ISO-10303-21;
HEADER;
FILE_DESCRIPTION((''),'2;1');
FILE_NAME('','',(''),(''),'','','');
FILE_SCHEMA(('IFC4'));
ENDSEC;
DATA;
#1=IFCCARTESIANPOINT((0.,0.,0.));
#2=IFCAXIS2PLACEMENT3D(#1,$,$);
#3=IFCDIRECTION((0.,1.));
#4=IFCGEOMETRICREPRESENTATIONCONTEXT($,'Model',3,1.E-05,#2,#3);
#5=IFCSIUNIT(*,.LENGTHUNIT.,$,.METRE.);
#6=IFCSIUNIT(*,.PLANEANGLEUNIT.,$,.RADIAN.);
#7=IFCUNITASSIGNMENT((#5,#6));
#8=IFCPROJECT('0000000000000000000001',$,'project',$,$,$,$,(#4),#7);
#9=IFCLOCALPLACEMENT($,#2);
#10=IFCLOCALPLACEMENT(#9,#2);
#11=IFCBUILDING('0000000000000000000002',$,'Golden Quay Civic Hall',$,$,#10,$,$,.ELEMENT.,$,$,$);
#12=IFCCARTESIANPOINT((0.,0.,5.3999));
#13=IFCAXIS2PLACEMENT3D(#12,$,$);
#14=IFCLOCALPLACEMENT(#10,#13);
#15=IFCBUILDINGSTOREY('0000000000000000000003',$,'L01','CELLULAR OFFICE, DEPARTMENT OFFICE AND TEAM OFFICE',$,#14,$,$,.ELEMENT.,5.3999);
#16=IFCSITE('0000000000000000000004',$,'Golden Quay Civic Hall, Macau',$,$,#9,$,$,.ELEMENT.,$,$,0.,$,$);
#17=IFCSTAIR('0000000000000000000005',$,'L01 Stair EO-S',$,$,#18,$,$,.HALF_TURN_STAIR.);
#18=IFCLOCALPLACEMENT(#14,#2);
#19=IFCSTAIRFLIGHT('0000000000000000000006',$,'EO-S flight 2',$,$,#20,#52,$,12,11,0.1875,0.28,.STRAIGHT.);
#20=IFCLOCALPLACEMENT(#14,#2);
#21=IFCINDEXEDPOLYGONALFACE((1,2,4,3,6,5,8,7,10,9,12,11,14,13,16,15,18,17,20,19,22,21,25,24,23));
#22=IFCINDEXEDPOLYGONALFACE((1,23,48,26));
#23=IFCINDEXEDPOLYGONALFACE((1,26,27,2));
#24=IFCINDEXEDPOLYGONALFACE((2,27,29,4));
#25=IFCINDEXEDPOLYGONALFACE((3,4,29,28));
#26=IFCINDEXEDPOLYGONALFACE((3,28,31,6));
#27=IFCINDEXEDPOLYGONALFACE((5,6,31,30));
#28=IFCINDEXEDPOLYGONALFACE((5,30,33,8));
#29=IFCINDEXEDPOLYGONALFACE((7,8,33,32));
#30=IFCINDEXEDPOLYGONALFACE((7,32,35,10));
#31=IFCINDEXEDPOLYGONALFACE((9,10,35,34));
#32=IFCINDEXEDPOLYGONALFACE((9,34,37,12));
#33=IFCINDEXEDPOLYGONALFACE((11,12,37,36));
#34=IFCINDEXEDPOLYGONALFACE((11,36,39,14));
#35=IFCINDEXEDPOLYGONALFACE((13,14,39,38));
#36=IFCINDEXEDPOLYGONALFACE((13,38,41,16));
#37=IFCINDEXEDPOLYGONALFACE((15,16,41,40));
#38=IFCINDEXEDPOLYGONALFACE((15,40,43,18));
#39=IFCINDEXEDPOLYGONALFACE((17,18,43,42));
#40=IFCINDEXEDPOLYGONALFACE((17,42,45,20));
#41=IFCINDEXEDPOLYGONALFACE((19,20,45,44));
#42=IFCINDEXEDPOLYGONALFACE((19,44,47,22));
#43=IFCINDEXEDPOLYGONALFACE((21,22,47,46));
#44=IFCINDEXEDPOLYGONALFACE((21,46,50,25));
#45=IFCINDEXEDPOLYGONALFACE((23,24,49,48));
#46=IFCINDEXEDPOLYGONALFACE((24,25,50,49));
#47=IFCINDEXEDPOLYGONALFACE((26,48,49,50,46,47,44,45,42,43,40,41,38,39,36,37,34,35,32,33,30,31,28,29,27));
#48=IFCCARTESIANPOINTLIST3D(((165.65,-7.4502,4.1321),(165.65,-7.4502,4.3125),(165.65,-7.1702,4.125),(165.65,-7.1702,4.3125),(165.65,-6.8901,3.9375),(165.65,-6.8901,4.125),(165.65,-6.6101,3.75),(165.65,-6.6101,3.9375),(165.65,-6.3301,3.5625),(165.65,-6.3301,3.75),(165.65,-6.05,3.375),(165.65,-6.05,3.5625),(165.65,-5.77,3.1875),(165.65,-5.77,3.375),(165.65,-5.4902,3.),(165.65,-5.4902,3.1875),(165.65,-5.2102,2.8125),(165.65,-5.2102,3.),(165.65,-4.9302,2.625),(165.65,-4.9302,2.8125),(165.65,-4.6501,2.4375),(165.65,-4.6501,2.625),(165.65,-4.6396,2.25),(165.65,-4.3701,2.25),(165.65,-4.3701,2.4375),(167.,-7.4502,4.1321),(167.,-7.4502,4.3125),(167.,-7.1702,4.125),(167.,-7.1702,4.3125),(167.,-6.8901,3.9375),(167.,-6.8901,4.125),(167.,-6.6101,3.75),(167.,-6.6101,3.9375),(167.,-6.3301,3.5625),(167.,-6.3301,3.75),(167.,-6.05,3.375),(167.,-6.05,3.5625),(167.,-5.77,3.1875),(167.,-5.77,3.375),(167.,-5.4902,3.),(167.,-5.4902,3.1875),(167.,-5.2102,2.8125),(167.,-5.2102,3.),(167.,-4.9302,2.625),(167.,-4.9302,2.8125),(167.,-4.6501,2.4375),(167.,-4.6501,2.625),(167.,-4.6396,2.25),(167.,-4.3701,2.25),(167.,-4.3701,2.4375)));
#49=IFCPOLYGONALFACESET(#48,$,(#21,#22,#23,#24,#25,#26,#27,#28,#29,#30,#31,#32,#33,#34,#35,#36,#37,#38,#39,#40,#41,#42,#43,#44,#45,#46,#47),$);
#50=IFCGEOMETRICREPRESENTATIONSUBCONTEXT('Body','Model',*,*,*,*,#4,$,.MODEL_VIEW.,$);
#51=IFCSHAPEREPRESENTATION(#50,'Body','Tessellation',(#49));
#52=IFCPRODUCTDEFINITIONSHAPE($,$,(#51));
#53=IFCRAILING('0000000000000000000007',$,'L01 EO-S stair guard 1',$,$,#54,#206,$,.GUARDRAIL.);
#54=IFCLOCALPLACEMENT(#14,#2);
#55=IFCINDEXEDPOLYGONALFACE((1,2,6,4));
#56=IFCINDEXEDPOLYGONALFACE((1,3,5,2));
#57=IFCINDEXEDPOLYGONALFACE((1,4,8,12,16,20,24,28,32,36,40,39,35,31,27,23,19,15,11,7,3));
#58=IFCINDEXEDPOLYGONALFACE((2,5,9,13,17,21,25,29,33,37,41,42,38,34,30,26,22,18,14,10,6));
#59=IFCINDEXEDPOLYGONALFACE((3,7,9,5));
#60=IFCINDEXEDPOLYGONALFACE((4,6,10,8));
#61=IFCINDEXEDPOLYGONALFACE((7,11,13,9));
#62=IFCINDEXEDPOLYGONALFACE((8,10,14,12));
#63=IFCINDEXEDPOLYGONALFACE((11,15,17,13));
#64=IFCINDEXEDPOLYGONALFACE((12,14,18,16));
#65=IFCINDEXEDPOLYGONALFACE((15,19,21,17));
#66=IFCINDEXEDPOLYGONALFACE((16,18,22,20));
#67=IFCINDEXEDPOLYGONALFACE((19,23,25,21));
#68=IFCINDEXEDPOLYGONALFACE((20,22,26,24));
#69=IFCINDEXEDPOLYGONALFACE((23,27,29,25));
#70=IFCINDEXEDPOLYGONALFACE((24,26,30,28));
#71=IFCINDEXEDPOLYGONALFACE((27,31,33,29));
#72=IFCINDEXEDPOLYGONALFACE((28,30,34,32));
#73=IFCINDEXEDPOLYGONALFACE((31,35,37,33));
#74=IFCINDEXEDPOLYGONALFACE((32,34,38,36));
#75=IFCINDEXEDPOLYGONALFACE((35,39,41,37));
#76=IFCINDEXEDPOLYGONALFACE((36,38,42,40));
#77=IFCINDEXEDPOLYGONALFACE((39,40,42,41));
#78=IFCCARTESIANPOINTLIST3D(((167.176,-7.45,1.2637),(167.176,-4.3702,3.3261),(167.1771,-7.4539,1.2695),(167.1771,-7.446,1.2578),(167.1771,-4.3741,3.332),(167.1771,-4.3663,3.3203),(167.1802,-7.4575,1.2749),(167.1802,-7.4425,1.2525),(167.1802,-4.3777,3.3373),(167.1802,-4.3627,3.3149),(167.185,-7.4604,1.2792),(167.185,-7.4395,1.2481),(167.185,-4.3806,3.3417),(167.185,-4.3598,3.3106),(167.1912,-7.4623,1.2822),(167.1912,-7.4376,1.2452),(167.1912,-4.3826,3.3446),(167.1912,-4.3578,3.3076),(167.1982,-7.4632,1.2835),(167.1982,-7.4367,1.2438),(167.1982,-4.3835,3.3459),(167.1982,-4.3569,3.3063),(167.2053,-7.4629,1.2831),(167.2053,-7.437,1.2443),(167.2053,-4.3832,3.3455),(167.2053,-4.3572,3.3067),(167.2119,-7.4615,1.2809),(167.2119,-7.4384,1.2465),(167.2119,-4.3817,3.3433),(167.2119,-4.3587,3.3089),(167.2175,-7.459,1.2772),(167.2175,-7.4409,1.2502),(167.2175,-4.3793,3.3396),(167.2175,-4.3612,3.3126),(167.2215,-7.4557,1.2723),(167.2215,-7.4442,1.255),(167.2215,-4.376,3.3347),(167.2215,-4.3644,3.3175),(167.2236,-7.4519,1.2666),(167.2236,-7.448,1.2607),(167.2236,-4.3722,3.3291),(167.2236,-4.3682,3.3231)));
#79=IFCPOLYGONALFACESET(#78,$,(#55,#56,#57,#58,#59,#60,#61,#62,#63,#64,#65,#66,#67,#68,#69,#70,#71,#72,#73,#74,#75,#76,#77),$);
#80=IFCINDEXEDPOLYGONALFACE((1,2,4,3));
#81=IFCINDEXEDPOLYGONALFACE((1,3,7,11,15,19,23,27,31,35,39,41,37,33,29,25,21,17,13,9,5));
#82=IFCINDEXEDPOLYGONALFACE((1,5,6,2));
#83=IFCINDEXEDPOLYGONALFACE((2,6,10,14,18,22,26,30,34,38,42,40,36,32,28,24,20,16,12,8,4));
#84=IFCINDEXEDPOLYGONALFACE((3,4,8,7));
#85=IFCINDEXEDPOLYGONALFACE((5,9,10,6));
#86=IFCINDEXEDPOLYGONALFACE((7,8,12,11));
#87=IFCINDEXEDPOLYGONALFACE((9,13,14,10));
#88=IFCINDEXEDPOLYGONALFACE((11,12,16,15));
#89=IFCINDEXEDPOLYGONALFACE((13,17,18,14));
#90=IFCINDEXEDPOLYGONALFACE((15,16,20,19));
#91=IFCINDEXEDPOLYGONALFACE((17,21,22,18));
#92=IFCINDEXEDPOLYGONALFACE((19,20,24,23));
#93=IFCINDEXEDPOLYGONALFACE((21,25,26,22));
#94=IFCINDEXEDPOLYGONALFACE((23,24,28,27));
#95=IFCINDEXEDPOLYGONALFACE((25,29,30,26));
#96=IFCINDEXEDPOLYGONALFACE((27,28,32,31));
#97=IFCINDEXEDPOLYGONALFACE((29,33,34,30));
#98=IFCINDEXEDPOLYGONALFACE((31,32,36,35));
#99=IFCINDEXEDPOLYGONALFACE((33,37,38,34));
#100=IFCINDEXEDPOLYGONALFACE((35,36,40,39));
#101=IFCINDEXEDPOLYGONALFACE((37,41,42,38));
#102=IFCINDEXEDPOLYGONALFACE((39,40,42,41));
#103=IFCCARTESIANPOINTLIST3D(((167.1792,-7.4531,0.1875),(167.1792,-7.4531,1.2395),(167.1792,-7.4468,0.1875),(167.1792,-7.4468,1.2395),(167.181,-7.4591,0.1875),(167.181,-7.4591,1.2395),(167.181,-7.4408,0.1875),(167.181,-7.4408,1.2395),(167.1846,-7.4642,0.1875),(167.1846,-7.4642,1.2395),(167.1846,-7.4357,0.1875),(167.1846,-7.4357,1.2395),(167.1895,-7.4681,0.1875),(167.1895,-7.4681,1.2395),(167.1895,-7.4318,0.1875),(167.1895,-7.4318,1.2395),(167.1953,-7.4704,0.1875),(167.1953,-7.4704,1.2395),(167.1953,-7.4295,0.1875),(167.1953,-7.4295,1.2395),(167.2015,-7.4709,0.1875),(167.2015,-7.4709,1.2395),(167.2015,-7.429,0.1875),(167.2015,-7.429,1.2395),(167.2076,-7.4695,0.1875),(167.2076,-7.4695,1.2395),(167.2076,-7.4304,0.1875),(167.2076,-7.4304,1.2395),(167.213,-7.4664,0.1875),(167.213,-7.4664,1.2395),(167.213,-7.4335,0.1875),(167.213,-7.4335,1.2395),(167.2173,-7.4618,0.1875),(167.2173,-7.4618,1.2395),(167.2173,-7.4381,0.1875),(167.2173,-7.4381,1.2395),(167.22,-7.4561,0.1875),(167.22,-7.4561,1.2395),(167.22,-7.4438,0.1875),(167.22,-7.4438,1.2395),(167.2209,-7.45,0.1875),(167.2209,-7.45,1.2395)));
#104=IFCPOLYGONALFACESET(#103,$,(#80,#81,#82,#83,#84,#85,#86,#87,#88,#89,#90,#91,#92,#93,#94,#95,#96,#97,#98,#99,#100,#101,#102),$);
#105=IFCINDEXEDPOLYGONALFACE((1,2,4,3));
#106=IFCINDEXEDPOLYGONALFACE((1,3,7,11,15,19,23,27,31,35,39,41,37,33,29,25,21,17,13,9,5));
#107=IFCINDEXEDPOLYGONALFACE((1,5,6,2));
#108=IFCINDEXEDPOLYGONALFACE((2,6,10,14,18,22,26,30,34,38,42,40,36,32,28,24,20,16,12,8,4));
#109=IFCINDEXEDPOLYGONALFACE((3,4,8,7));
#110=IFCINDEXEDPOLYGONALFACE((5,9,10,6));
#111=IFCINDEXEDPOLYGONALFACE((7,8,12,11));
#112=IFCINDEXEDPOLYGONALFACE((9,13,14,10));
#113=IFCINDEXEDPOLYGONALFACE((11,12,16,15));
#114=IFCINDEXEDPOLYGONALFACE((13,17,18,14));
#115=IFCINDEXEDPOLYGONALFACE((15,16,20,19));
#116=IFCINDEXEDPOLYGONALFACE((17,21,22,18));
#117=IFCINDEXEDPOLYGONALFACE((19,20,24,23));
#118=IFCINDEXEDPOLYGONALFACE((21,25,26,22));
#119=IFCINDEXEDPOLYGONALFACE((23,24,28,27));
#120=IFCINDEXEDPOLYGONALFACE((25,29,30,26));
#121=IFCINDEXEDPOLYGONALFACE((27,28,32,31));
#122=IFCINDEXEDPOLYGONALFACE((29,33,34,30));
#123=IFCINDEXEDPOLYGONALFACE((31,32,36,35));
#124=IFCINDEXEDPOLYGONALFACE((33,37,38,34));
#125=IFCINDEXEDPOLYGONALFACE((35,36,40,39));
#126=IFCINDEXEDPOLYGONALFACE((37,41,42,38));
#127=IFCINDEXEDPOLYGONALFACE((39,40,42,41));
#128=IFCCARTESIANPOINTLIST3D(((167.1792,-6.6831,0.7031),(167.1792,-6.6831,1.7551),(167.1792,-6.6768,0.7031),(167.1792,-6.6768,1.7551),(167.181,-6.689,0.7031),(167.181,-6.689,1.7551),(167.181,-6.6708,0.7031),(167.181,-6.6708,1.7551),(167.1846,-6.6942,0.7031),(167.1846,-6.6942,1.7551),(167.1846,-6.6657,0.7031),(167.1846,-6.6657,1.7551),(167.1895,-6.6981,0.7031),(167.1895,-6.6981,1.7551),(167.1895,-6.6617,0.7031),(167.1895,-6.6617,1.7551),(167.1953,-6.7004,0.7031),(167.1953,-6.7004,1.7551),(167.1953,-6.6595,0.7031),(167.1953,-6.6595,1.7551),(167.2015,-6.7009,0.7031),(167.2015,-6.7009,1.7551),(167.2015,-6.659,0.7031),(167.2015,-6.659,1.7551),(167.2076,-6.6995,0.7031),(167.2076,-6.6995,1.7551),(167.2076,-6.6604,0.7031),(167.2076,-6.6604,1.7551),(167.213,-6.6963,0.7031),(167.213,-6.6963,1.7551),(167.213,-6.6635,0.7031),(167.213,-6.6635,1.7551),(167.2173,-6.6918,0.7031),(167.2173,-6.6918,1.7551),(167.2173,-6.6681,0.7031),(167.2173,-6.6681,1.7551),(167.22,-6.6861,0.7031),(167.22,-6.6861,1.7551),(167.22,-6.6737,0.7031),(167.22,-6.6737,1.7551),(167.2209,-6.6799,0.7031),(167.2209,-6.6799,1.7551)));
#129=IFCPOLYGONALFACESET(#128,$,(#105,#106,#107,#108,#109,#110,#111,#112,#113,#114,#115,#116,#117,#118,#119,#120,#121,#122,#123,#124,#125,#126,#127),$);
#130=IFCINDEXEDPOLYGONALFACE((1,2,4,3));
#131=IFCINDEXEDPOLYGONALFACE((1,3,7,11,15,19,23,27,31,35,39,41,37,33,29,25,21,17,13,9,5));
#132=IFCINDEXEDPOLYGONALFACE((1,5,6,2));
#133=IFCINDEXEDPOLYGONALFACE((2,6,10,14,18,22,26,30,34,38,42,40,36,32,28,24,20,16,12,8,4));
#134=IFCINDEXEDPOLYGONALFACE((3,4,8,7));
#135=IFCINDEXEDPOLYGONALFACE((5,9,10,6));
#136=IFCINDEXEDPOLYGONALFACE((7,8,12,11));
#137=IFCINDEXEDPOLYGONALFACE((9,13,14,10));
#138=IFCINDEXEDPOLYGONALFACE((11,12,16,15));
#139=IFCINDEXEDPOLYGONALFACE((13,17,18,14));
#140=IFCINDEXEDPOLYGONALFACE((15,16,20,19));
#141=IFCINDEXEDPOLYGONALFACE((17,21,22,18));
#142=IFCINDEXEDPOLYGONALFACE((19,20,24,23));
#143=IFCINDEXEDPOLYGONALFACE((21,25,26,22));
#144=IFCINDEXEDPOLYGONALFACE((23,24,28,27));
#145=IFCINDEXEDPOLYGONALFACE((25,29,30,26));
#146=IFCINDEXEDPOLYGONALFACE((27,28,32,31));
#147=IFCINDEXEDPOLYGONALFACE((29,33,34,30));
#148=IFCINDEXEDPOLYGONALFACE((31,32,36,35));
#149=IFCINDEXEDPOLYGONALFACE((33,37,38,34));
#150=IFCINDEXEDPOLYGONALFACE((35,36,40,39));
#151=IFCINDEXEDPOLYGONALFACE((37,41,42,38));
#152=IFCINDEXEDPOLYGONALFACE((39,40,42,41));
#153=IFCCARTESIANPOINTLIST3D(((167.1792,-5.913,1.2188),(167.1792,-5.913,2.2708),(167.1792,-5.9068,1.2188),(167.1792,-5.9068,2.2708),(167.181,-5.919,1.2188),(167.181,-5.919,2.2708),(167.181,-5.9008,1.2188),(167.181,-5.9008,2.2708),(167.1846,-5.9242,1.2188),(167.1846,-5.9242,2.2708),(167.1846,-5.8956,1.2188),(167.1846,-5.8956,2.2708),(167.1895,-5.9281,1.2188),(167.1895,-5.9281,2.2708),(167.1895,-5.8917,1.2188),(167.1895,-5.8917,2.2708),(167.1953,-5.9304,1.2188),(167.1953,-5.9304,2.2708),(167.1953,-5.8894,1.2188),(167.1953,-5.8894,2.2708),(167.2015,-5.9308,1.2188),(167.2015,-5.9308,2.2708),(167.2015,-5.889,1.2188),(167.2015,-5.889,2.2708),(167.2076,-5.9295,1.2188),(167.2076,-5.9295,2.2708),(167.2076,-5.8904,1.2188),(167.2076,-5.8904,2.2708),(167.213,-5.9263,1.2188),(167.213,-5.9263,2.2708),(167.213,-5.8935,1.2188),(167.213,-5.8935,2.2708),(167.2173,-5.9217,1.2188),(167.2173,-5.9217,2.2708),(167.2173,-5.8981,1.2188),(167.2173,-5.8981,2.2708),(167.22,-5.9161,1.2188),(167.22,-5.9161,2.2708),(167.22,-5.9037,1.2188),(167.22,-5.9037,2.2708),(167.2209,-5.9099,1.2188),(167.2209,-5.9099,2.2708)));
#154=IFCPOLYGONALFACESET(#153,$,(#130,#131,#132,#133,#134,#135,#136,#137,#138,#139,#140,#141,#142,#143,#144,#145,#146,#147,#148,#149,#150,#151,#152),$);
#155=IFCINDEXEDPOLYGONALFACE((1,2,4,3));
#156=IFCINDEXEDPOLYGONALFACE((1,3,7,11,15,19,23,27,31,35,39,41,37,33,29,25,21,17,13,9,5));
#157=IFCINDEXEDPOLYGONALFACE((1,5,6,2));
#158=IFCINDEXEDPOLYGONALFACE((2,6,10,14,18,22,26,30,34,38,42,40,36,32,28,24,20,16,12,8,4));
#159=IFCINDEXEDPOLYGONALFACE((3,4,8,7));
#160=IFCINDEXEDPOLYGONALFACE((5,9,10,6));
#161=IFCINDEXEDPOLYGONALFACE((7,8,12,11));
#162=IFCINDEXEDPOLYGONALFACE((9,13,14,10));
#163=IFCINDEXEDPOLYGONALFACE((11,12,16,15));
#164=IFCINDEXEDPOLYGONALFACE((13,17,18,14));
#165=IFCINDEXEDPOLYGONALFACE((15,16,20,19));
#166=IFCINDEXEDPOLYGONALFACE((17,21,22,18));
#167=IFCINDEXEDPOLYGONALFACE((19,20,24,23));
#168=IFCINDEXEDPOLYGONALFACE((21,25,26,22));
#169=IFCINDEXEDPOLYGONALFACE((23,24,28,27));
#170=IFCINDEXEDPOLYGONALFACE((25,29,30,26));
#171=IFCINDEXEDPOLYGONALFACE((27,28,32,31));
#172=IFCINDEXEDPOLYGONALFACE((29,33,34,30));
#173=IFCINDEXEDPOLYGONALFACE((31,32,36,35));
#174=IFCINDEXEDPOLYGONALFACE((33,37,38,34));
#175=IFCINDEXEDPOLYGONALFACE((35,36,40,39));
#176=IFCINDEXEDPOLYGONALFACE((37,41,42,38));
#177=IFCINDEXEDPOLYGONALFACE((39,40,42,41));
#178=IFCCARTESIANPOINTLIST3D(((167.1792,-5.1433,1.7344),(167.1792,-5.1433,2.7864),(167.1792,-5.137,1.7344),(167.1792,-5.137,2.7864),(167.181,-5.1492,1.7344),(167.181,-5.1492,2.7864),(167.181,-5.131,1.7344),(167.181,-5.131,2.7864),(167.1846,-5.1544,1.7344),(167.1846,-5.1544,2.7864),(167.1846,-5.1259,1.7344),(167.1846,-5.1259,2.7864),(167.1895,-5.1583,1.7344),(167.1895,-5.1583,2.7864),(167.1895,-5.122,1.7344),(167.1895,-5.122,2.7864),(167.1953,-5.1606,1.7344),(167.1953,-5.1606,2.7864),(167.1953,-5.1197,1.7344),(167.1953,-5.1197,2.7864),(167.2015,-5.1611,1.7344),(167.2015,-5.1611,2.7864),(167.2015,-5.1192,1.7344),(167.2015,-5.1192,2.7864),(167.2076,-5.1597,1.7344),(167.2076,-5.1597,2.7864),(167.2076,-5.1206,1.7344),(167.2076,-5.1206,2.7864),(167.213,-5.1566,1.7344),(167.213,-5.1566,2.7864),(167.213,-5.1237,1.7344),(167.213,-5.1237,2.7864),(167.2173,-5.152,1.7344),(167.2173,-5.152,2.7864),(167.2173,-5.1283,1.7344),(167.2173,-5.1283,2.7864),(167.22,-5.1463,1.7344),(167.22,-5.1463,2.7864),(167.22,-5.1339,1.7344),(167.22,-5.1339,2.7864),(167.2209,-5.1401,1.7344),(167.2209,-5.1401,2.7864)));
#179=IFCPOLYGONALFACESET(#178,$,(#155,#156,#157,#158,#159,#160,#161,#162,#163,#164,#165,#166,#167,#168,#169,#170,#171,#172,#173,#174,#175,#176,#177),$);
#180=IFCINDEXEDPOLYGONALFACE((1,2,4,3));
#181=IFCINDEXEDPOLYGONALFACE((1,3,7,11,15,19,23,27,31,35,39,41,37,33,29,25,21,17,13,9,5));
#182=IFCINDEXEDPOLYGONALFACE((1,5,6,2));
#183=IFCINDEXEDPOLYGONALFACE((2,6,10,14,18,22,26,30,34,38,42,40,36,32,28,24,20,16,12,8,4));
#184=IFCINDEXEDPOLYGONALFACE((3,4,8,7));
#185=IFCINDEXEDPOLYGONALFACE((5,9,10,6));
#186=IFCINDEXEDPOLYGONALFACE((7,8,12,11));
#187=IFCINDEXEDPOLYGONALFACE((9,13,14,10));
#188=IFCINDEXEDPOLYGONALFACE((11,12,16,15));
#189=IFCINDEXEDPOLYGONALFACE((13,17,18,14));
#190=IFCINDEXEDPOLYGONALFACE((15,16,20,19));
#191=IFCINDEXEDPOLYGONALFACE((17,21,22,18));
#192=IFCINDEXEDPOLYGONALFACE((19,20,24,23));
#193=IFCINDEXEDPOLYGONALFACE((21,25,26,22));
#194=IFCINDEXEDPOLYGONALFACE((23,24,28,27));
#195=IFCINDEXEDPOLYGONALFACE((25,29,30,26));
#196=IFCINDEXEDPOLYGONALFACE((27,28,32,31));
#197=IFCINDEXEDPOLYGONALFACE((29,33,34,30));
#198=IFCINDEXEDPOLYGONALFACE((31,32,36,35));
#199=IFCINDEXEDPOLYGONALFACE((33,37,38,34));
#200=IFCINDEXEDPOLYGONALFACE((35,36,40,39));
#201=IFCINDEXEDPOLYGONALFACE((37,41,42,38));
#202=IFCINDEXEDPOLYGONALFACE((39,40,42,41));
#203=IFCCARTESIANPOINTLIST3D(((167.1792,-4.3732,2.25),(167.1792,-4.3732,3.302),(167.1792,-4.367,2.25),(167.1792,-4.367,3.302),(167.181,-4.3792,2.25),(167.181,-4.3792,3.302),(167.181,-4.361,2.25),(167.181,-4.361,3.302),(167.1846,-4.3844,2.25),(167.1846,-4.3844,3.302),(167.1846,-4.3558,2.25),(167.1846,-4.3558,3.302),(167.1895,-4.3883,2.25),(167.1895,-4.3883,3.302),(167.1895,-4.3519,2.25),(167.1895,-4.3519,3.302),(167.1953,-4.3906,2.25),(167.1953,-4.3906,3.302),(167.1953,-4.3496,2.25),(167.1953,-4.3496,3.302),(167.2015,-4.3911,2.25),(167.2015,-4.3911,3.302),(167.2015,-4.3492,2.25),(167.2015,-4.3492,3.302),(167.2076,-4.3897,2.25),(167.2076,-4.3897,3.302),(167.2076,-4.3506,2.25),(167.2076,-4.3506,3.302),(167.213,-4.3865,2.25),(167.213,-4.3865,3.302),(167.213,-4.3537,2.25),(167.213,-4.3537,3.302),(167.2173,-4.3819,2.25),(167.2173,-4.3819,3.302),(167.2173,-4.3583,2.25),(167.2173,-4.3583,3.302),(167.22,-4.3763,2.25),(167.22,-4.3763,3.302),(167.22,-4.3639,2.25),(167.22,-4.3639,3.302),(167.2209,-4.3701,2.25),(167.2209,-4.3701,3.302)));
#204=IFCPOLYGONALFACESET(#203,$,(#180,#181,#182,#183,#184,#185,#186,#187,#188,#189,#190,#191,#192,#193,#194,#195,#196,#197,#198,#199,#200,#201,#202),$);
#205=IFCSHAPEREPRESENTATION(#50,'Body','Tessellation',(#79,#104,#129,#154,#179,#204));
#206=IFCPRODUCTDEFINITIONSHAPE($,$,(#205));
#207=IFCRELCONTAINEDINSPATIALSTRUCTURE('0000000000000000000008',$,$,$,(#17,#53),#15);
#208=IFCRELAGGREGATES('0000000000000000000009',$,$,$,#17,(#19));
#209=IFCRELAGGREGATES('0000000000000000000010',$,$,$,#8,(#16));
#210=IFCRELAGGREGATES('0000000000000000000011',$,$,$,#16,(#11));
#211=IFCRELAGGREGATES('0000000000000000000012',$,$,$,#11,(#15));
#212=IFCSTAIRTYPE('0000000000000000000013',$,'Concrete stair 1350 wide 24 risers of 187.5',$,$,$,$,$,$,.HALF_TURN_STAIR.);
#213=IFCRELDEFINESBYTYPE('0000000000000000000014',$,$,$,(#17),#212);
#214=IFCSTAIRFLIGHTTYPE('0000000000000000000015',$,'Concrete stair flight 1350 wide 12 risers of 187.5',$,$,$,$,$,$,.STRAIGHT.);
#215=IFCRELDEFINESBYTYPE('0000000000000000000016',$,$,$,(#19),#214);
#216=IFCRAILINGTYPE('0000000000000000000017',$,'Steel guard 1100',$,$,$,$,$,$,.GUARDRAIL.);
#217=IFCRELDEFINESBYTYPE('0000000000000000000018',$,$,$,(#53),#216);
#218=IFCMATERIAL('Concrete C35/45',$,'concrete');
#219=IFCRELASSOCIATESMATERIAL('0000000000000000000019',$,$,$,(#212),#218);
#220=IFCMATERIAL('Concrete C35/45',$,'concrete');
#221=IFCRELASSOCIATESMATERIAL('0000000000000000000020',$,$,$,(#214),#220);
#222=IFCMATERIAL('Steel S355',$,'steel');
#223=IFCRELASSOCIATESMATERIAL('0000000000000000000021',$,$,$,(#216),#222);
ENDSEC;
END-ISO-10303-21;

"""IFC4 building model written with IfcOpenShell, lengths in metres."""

from ifc_helpers import new_model, si_unit, direction, frame, origin, origin_2d, place, context, subcontext, project, spatial, polyline, circle, outline, extrude, material, type_object, element, aggregate, save


model = new_model("IFC4")

# Units and contexts
model_context = context("Model", 3, precision=1e-05, world=origin(), true_north=direction((0.0, 1.0)))
body_context = subcontext(model_context, "Body", "Model", "MODEL_VIEW")
ifc_project = project(units=[si_unit("LENGTHUNIT", "METRE"), si_unit("PLANEANGLEUNIT", "RADIAN")], contexts=[model_context])

# Site, building, storey
site_placement = place(None, origin())
site = spatial("IfcSite", under=ifc_project, at=site_placement, Name="Golden Quay Civic Hall, Macau", CompositionType="ELEMENT", RefElevation=0.0)
building_placement = place(site_placement, origin())
building = spatial("IfcBuilding", under=site, at=building_placement, Name="Golden Quay Civic Hall", CompositionType="ELEMENT")
storey_placement = place(building_placement, frame((0.0, 0.0, 5.3999)))
storey = spatial("IfcBuildingStorey", under=building, at=storey_placement, Name="L01", Description="CELLULAR OFFICE, DEPARTMENT OFFICE AND TEAM OFFICE", CompositionType="ELEMENT", Elevation=5.3999)

# Stair, stair flight
ifc_material_1 = material(Name="Concrete C35/45", Category="concrete")
stair_type = type_object("IfcStairType", Name="Concrete stair 1350 wide 24 risers of 187.5", PredefinedType="HALF_TURN_STAIR", material=ifc_material_1)
stair_placement = place(storey_placement, origin())
stair = element("IfcStair", 1, at=stair_placement, inside=storey, type_object=stair_type, Name="L01 Stair EO-S", PredefinedType="HALF_TURN_STAIR")
ifc_material_2 = material(Name="Concrete C35/45", Category="concrete")
stair_flight_type = type_object("IfcStairFlightType", Name="Concrete stair flight 1350 wide 12 risers of 187.5", PredefinedType="STRAIGHT", material=ifc_material_2)
stair_flight_1_placement = place(storey_placement, frame((166.325, -4.3701, 2.25), z_axis=(0.0, 0.0, 1.0), x_axis=(0.0, -1.0, 0.0)))
stair_flight_1 = element("IfcStairFlight", 2, at=stair_flight_1_placement, type_object=stair_flight_type, Name="EO-S flight 2", NumberOfRisers=12, NumberOfTreads=11, PredefinedType="STRAIGHT", RiserHeight=0.1875, TreadLength=0.28, context=body_context, shape_type="SweptSolid", body=[
    extrude(outline(polyline([(0.0, 0.0), (0.0, 0.1875), (0.28, 0.1875), (0.28, 0.375), (0.5601, 0.375), (0.5601, 0.5625), (0.8401, 0.5625), (0.8401, 0.75), (1.1201, 0.75), (1.1201, 0.9375), (1.3999, 0.9375), (1.3999, 1.125), (1.6799, 1.125), (1.6799, 1.3125), (1.96, 1.3125), (1.96, 1.5), (2.24, 1.5), (2.24, 1.6875), (2.52, 1.6875), (2.52, 1.875), (2.8, 1.875), (2.8, 2.0625), (3.0801, 2.0625), (3.0801, 2.25), (3.0801, 1.8821), (0.2695, 0.0), (0.0, 0.0)])), frame((0.0, 0.675, 0.0), z_axis=(0.0, -1.0, 0.0), x_axis=(1.0, 0.0, 0.0)), (0.0, 0.0, 1.0), 1.35),
])
aggregate(stair, [stair_flight_1])

# Railing
ifc_material_3 = material(Name="Steel S355", Category="steel")
railing_type_1 = type_object("IfcRailingType", Name="Steel guard 1100", PredefinedType="GUARDRAIL", material=ifc_material_3)
railing_1_placement = place(storey_placement, frame((167.2, -7.45, 0.1875)))
element("IfcRailing", 3, at=railing_1_placement, inside=storey, type_object=railing_type_1, Name="L01 EO-S stair guard 1", PredefinedType="GUARDRAIL", context=body_context, shape_type="SweptSolid", body=[
    extrude(circle(Radius=0.0239, at=origin_2d()), frame((0.0, 0.0, 1.0762), z_axis=(0.0, 0.830893, 0.556432), x_axis=(-1.0, 0.0, 0.0)), (0.0, 0.0, 1.0), 3.7065),
    extrude(circle(Radius=0.021, at=origin_2d()), origin(), (0.0, 0.0, 1.0), 1.052),
    extrude(circle(Radius=0.021, at=origin_2d()), frame((0.0, 0.77, 0.5156)), (0.0, 0.0, 1.0), 1.052),
    extrude(circle(Radius=0.021, at=origin_2d()), frame((0.0, 1.54, 1.0312)), (0.0, 0.0, 1.0), 1.052),
    extrude(circle(Radius=0.021, at=origin_2d()), frame((0.0, 2.3098, 1.5469)), (0.0, 0.0, 1.0), 1.052),
    extrude(circle(Radius=0.021, at=origin_2d()), frame((0.0, 3.0798, 2.0625)), (0.0, 0.0, 1.0), 1.052),
])

save(model, "model.ifc")
